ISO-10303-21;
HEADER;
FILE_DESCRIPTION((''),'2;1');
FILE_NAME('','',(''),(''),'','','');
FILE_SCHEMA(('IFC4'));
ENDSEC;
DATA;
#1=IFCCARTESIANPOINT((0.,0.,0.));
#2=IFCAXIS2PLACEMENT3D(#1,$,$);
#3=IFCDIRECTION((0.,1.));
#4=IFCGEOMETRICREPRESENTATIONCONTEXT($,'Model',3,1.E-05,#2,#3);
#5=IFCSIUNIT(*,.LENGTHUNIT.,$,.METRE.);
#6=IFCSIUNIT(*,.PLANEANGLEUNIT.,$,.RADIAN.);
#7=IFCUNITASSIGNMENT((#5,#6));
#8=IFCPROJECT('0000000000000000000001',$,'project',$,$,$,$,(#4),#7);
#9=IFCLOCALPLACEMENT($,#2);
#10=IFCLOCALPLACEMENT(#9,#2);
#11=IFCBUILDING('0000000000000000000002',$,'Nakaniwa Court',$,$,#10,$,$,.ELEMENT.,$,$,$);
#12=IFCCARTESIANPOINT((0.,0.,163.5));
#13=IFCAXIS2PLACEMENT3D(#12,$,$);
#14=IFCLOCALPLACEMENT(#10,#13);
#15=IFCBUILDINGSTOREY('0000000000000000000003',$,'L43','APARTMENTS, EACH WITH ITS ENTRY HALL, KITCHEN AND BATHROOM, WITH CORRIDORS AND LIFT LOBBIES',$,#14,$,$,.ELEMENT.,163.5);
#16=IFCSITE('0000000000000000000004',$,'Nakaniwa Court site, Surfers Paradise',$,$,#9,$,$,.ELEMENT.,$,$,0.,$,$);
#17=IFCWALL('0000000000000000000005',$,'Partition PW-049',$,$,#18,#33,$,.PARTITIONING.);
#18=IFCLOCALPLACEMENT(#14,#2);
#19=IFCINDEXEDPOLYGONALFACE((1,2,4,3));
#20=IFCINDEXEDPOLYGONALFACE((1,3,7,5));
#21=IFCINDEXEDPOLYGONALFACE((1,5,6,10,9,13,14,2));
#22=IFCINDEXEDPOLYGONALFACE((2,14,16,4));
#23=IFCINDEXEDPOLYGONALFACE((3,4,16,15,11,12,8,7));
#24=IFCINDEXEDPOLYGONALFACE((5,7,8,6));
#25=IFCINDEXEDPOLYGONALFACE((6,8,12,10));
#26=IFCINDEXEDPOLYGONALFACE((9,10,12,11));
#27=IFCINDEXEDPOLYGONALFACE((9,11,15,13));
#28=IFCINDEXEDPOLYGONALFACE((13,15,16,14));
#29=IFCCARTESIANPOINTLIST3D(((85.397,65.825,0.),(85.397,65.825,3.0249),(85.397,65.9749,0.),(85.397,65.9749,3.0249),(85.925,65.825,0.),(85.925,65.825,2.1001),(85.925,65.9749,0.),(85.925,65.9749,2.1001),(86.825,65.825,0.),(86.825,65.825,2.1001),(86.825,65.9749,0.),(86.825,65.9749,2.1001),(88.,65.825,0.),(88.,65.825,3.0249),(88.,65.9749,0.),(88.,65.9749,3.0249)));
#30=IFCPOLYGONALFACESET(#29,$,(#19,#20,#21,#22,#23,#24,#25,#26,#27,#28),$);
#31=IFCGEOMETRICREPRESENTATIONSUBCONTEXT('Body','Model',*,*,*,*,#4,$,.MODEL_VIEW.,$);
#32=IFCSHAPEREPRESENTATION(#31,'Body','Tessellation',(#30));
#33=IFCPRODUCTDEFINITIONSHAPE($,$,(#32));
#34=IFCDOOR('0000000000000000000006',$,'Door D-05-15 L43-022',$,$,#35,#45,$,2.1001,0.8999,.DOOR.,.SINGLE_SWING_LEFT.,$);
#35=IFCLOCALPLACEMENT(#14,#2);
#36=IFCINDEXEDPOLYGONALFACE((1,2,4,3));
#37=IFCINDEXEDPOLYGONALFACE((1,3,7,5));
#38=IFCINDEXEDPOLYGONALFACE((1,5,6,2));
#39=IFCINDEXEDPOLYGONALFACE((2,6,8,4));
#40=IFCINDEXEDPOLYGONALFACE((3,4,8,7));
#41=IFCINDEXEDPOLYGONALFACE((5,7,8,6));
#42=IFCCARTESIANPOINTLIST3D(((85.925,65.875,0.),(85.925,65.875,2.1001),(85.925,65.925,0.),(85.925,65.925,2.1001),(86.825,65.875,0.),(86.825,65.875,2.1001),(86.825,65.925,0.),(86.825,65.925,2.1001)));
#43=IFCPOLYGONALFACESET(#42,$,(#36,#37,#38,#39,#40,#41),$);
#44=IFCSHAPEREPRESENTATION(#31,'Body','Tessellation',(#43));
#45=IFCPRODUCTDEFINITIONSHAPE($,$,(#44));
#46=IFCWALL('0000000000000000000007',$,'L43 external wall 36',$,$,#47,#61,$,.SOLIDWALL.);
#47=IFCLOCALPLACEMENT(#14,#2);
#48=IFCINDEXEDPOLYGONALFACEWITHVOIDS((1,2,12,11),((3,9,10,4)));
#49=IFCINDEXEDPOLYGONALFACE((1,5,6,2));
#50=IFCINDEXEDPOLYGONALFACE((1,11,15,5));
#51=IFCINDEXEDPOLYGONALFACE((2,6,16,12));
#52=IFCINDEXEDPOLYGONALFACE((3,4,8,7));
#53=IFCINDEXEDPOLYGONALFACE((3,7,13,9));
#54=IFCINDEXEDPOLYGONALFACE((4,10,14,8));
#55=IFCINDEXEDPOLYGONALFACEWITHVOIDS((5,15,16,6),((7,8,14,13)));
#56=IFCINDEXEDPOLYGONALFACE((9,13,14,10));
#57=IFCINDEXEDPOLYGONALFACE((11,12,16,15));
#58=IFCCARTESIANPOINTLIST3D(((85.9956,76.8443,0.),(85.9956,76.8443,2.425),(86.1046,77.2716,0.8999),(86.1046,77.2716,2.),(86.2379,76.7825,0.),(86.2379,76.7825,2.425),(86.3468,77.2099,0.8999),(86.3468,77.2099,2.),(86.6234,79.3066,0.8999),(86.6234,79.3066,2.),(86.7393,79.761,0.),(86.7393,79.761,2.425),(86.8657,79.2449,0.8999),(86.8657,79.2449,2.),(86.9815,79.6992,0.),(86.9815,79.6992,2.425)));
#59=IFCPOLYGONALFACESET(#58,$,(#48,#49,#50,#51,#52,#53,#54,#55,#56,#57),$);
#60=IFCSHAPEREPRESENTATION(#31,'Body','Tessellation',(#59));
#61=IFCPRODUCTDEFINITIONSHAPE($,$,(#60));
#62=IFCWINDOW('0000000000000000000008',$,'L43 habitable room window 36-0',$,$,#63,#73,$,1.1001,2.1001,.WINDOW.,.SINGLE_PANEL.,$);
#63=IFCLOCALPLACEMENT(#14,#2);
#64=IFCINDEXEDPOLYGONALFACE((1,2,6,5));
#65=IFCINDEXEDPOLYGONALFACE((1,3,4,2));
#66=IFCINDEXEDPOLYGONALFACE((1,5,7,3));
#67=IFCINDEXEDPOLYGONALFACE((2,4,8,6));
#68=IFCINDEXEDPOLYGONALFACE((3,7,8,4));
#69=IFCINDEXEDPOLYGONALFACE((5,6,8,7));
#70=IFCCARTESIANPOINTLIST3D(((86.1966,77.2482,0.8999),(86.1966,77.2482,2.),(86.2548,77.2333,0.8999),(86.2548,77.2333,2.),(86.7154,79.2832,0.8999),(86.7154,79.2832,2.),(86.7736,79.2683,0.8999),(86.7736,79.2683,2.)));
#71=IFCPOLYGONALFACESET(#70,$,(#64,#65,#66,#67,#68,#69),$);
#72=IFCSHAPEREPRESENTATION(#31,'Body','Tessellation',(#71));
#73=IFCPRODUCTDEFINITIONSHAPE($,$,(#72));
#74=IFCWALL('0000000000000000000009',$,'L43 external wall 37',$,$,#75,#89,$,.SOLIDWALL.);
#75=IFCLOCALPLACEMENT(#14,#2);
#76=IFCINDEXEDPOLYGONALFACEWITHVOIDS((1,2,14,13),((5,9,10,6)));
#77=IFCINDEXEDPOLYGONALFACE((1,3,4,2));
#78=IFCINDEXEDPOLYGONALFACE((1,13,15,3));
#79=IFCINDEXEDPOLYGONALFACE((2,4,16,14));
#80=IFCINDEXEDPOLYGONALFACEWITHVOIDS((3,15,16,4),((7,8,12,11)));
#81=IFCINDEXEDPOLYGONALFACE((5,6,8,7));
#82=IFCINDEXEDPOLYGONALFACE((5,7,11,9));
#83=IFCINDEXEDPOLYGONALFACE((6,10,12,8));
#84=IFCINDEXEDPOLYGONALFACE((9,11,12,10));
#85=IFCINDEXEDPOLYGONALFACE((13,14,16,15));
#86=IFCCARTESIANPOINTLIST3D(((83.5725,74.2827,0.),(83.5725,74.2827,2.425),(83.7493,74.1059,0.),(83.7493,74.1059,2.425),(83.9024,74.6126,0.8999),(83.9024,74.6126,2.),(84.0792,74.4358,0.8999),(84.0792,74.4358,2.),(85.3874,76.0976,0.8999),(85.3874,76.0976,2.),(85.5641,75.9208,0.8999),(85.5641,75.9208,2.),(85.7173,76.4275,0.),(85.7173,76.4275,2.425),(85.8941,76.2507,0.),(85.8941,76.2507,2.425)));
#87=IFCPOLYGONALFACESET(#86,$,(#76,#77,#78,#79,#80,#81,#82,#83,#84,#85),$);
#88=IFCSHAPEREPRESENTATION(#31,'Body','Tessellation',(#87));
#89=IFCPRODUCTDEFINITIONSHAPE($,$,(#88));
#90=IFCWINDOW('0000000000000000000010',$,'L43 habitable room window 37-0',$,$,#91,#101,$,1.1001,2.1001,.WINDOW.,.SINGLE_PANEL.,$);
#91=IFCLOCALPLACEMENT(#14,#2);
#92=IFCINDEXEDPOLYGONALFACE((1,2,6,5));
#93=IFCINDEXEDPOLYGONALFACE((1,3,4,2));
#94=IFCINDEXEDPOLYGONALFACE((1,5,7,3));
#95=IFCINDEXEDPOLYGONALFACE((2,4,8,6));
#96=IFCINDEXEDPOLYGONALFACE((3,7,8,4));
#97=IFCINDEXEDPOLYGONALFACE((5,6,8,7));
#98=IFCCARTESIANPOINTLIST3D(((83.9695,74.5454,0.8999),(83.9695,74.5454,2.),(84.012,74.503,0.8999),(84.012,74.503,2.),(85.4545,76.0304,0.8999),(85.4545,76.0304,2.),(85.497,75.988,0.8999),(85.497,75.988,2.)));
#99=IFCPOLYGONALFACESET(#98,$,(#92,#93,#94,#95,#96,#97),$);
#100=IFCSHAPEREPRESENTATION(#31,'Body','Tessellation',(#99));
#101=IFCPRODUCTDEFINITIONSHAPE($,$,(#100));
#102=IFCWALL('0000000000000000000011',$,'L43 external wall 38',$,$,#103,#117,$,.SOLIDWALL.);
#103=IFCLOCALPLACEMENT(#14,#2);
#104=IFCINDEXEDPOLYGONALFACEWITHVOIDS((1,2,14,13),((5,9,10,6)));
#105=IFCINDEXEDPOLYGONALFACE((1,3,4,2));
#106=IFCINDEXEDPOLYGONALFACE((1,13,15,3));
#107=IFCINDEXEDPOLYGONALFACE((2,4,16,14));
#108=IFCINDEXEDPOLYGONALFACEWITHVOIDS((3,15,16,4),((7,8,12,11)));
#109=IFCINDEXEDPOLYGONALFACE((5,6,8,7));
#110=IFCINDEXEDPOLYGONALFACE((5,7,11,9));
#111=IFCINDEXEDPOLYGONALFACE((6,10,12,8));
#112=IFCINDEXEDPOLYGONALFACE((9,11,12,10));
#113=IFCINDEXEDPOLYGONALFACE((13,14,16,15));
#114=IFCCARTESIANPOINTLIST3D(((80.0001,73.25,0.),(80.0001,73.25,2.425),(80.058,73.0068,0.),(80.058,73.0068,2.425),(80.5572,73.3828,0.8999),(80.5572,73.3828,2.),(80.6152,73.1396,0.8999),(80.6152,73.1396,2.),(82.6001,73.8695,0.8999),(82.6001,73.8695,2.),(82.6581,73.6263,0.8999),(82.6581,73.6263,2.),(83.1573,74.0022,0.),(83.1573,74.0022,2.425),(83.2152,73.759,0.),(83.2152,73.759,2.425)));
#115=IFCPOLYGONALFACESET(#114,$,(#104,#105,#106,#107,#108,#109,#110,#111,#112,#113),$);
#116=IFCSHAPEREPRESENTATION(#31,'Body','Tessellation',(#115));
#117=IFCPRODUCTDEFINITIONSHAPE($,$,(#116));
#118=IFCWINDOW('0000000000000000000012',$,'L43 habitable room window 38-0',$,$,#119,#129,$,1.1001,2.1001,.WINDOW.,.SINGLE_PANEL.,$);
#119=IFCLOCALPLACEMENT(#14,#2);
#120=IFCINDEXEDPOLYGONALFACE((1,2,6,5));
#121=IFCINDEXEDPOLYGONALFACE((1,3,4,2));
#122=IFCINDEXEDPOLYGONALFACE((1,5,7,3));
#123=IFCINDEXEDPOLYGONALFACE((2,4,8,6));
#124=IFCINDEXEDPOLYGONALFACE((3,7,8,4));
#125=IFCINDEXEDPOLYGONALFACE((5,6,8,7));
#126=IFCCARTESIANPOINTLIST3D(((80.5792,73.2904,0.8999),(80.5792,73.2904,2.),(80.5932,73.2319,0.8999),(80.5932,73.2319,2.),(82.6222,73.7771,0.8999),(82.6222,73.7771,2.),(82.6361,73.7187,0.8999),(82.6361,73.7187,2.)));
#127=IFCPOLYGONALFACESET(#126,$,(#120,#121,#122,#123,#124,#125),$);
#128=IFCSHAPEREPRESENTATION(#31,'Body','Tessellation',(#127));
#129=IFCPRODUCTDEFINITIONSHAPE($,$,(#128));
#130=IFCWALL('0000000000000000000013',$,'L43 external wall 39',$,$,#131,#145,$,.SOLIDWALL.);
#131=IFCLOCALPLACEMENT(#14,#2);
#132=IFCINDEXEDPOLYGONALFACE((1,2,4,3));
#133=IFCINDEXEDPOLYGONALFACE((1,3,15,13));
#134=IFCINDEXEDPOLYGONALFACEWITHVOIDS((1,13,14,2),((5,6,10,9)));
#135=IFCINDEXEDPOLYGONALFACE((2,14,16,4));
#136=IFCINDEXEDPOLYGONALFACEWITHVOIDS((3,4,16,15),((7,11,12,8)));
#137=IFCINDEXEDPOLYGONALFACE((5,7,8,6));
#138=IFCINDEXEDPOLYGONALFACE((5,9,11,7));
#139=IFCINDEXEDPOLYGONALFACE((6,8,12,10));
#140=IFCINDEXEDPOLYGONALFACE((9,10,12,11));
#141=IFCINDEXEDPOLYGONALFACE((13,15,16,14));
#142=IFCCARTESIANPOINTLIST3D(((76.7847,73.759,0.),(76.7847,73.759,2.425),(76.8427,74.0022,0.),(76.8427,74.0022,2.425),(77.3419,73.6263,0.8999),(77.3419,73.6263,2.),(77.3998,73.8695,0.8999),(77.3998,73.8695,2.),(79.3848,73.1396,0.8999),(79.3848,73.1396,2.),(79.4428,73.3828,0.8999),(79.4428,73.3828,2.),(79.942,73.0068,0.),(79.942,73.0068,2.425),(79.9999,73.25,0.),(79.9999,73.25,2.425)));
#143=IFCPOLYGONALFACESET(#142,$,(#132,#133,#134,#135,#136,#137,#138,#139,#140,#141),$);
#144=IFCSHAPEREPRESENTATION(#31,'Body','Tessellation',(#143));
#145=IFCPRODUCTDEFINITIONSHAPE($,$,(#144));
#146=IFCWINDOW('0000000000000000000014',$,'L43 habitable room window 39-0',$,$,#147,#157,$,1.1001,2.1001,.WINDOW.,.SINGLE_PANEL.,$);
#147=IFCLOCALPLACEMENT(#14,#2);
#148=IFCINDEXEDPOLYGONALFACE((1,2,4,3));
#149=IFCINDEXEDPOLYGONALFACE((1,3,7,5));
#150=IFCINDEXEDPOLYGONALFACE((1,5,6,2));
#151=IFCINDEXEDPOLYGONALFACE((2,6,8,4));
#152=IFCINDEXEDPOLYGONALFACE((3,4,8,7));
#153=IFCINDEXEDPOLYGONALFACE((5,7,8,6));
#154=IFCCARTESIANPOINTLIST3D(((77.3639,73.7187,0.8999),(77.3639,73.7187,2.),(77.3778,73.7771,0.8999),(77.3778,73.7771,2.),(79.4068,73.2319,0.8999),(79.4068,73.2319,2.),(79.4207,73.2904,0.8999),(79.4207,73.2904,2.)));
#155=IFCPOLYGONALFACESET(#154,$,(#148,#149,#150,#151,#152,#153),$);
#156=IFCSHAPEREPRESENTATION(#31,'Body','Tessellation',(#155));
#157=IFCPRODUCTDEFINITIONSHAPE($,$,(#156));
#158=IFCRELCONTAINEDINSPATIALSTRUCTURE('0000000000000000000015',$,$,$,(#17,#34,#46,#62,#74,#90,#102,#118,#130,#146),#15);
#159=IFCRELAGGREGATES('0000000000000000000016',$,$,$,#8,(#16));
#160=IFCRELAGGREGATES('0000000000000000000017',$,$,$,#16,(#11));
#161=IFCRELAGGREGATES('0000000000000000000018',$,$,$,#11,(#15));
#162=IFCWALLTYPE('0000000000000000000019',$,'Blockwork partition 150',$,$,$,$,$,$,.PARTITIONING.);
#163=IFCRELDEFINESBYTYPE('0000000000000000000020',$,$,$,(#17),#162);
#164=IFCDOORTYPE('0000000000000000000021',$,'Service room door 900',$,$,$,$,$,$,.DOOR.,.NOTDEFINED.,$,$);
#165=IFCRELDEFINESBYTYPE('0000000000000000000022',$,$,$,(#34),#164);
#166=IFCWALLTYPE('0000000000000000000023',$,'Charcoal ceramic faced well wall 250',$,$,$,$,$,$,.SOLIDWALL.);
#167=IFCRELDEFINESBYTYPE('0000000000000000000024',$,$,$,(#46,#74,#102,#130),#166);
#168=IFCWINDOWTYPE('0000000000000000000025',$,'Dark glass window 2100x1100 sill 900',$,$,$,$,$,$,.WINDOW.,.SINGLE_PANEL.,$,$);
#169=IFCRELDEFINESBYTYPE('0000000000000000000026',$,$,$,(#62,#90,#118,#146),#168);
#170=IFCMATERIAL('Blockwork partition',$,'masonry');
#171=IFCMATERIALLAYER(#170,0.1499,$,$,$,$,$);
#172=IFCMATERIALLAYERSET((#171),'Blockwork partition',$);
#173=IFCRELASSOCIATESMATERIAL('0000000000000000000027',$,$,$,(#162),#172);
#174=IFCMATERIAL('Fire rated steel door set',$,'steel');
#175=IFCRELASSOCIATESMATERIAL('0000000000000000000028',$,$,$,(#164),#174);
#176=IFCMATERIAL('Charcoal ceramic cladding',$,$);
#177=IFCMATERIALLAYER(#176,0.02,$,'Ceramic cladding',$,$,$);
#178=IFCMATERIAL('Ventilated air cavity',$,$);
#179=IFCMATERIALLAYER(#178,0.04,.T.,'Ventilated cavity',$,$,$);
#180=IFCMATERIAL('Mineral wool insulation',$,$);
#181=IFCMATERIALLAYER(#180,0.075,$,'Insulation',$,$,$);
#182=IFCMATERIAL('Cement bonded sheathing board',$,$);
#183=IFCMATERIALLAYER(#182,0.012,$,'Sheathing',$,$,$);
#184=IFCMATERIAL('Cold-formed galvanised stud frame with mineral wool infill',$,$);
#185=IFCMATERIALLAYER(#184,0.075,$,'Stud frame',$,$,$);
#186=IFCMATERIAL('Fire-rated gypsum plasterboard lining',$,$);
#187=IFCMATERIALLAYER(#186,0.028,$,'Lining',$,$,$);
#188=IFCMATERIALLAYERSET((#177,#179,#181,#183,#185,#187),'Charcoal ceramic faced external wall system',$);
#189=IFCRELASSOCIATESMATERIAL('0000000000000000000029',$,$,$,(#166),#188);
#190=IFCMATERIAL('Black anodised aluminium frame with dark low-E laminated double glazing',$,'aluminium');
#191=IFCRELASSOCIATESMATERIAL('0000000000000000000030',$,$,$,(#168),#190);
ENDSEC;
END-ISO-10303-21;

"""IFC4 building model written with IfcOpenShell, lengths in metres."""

from ifc_helpers import new_model, si_unit, direction, frame, frame_2d, origin, place, context, subcontext, project, spatial, rectangle, extrude, material, layer, layer_set, type_object, element, fill, save


model = new_model("IFC4")

# Units and contexts
model_context = context("Model", 3, precision=1e-05, world=origin(), true_north=direction((0.0, 1.0)))
body_context = subcontext(model_context, "Body", "Model", "MODEL_VIEW")
ifc_project = project(units=[si_unit("LENGTHUNIT", "METRE"), si_unit("PLANEANGLEUNIT", "RADIAN")], contexts=[model_context])

# Site, building, storey
site_placement = place(None, origin())
site = spatial("IfcSite", under=ifc_project, at=site_placement, Name="Nakaniwa Court site, Surfers Paradise", CompositionType="ELEMENT", RefElevation=0.0)
building_placement = place(site_placement, origin())
building = spatial("IfcBuilding", under=site, at=building_placement, Name="Nakaniwa Court", CompositionType="ELEMENT")
storey_placement = place(building_placement, frame((0.0, 0.0, 163.5)))
storey = spatial("IfcBuildingStorey", under=building, at=storey_placement, Name="L43", Description="APARTMENTS, EACH WITH ITS ENTRY HALL, KITCHEN AND BATHROOM, WITH CORRIDORS AND LIFT LOBBIES", CompositionType="ELEMENT", Elevation=163.5)

# Shared definitions
ifc_material_1 = material(Name="Blockwork partition", Category="masonry")
ifc_layer_1 = layer(ifc_material_1, 0.1499)
ifc_layer_set_1 = layer_set([ifc_layer_1], Name="Blockwork partition")
wall_type_1 = type_object("IfcWallType", Name="Blockwork partition 150", PredefinedType="PARTITIONING", material=ifc_layer_set_1)

# Wall, opening, door
wall_1_placement = place(storey_placement, frame((88.0, 65.8999, 0.0), z_axis=(0.0, 0.0, 1.0), x_axis=(-1.0, 0.0, 0.0)))
wall_1 = element("IfcWall", 1, at=wall_1_placement, inside=storey, type_object=wall_type_1, Name="Partition PW-049", PredefinedType="PARTITIONING", context=body_context, shape_type="SweptSolid", body=[
    extrude(rectangle(XDim=2.603, YDim=0.1499, at=frame_2d((1.3015, 0.0))), origin(), (0.0, 0.0, 1.0), 3.0249),
])
opening_1_placement = place(wall_1_placement, frame((1.175, 0.0, 0.0)))
opening_1 = element("IfcOpeningElement", 2, at=opening_1_placement, cuts=wall_1, PredefinedType="OPENING", context=body_context, shape_type="SweptSolid", body=[
    extrude(rectangle(XDim=0.8999, YDim=2.1001, at=frame_2d((0.45, 1.05))), frame((0.0, 0.085, 0.0), z_axis=(0.0, -1.0, 0.0), x_axis=(1.0, 0.0, 0.0)), (0.0, 0.0, 1.0), 0.1699),
])
ifc_material_2 = material(Name="Fire rated steel door set", Category="steel")
door_type_1 = type_object("IfcDoorType", Name="Service room door 900", OperationType="NOTDEFINED", PredefinedType="DOOR", material=ifc_material_2)
door_1_placement = place(opening_1_placement, origin())
door_1 = element("IfcDoor", 3, at=door_1_placement, inside=storey, type_object=door_type_1, Name="Door D-05-15 L43-022", OperationType="SINGLE_SWING_LEFT", OverallHeight=2.1001, OverallWidth=0.8999, PredefinedType="DOOR", context=body_context, shape_type="SweptSolid", body=[
    extrude(rectangle(XDim=0.8999, YDim=2.1001, at=frame_2d((0.45, 1.05))), frame((0.0, 0.0249, 0.0), z_axis=(0.0, -1.0, 0.0), x_axis=(1.0, 0.0, 0.0)), (0.0, 0.0, 1.0), 0.05),
])
fill(opening_1, door_1)

# Walls, openings, windows
ifc_material_3 = material(Name="Charcoal ceramic cladding")
ifc_layer_2 = layer(ifc_material_3, 0.02, Name="Ceramic cladding")
ifc_material_4 = material(Name="Ventilated air cavity")
ifc_layer_3 = layer(ifc_material_4, 0.04, ventilated=True, Name="Ventilated cavity")
ifc_material_5 = material(Name="Mineral wool insulation")
ifc_layer_4 = layer(ifc_material_5, 0.075, Name="Insulation")
ifc_material_6 = material(Name="Cement bonded sheathing board")
ifc_layer_5 = layer(ifc_material_6, 0.012, Name="Sheathing")
ifc_material_7 = material(Name="Cold-formed galvanised stud frame with mineral wool infill")
ifc_layer_6 = layer(ifc_material_7, 0.075, Name="Stud frame")
ifc_material_8 = material(Name="Fire-rated gypsum plasterboard lining")
ifc_layer_7 = layer(ifc_material_8, 0.028, Name="Lining")
ifc_layer_set_2 = layer_set([ifc_layer_2, ifc_layer_3, ifc_layer_4, ifc_layer_5, ifc_layer_6, ifc_layer_7], Name="Charcoal ceramic faced external wall system")
wall_type_2 = type_object("IfcWallType", Name="Charcoal ceramic faced well wall 250", PredefinedType="SOLIDWALL", material=ifc_layer_set_2)
wall_2_placement = place(storey_placement, frame((86.8604, 79.73, 0.0), z_axis=(0.0, 0.0, 1.0), x_axis=(-0.247056, -0.969001, 0.0)))
wall_2 = element("IfcWall", 4, at=wall_2_placement, inside=storey, type_object=wall_type_2, Name="L43 external wall 36", PredefinedType="SOLIDWALL", context=body_context, shape_type="SweptSolid", body=[
    extrude(rectangle(XDim=3.01, YDim=0.25, at=frame_2d((1.5049, 0.0))), origin(), (0.0, 0.0, 1.0), 2.425),
])
opening_2_placement = place(wall_2_placement, frame((0.4688, 0.0, 0.8999)))
opening_2 = element("IfcOpeningElement", 5, at=opening_2_placement, cuts=wall_2, PredefinedType="OPENING", context=body_context, shape_type="SweptSolid", body=[
    extrude(rectangle(XDim=2.1001, YDim=1.1001, at=frame_2d((1.05, 0.55))), frame((0.0, 0.135, 0.0), z_axis=(0.0, -1.0, 0.0), x_axis=(1.0, 0.0, 0.0)), (0.0, 0.0, 1.0), 0.27),
])
ifc_material_9 = material(Name="Black anodised aluminium frame with dark low-E laminated double glazing", Category="aluminium")
window_type = type_object("IfcWindowType", Name="Dark glass window 2100x1100 sill 900", PartitioningType="SINGLE_PANEL", PredefinedType="WINDOW", material=ifc_material_9)
window_1_placement = place(opening_2_placement, origin())
window_1 = element("IfcWindow", 6, at=window_1_placement, inside=storey, type_object=window_type, Name="L43 habitable room window 36-0", OverallHeight=1.1001, OverallWidth=2.1001, PartitioningType="SINGLE_PANEL", PredefinedType="WINDOW", context=body_context, shape_type="SweptSolid", body=[
    extrude(rectangle(XDim=2.1001, YDim=1.1001, at=frame_2d((1.05, 0.55))), frame((0.0, 0.03, 0.0), z_axis=(0.0, -1.0, 0.0), x_axis=(1.0, 0.0, 0.0)), (0.0, 0.0, 1.0), 0.0601),
])
fill(opening_2, window_1)
wall_3_placement = place(storey_placement, frame((85.8057, 76.3391, 0.0), z_axis=(0.0, 0.0, 1.0), x_axis=(-0.707107, -0.707107, 0.0)))
wall_3 = element("IfcWall", 7, at=wall_3_placement, inside=storey, type_object=wall_type_2, Name="L43 external wall 37", PredefinedType="SOLIDWALL", context=body_context, shape_type="SweptSolid", body=[
    extrude(rectangle(XDim=3.0332, YDim=0.25, at=frame_2d((1.5166, 0.0))), origin(), (0.0, 0.0, 1.0), 2.425),
])
opening_3_placement = place(wall_3_placement, frame((0.4666, 0.0, 0.8999)))
opening_3 = element("IfcOpeningElement", 8, at=opening_3_placement, cuts=wall_3, PredefinedType="OPENING", context=body_context, shape_type="SweptSolid", body=[
    extrude(rectangle(XDim=2.1001, YDim=1.1001, at=frame_2d((1.05, 0.55))), frame((0.0, 0.135, 0.0), z_axis=(0.0, -1.0, 0.0), x_axis=(1.0, 0.0, 0.0)), (0.0, 0.0, 1.0), 0.27),
])
window_2_placement = place(opening_3_placement, origin())
window_2 = element("IfcWindow", 9, at=window_2_placement, inside=storey, type_object=window_type, Name="L43 habitable room window 37-0", OverallHeight=1.1001, OverallWidth=2.1001, PartitioningType="SINGLE_PANEL", PredefinedType="WINDOW", context=body_context, shape_type="SweptSolid", body=[
    extrude(rectangle(XDim=2.1001, YDim=1.1001, at=frame_2d((1.05, 0.55))), frame((0.0, 0.03, 0.0), z_axis=(0.0, -1.0, 0.0), x_axis=(1.0, 0.0, 0.0)), (0.0, 0.0, 1.0), 0.0601),
])
fill(opening_3, window_2)
wall_4_placement = place(storey_placement, frame((83.1863, 73.8806, 0.0), z_axis=(0.0, 0.0, 1.0), x_axis=(-0.972773, -0.23176, 0.0)))
wall_4 = element("IfcWall", 10, at=wall_4_placement, inside=storey, type_object=wall_type_2, Name="L43 external wall 38", PredefinedType="SOLIDWALL", context=body_context, shape_type="SweptSolid", body=[
    extrude(rectangle(XDim=3.2456, YDim=0.25, at=frame_2d((1.6228, 0.0))), origin(), (0.0, 0.0, 1.0), 2.425),
])
opening_4_placement = place(wall_4_placement, frame((0.5728, 0.0, 0.8999)))
opening_4 = element("IfcOpeningElement", 11, at=opening_4_placement, cuts=wall_4, PredefinedType="OPENING", context=body_context, shape_type="SweptSolid", body=[
    extrude(rectangle(XDim=2.1001, YDim=1.1001, at=frame_2d((1.05, 0.55))), frame((0.0, 0.135, 0.0), z_axis=(0.0, -1.0, 0.0), x_axis=(1.0, 0.0, 0.0)), (0.0, 0.0, 1.0), 0.27),
])
window_3_placement = place(opening_4_placement, origin())
window_3 = element("IfcWindow", 12, at=window_3_placement, inside=storey, type_object=window_type, Name="L43 habitable room window 38-0", OverallHeight=1.1001, OverallWidth=2.1001, PartitioningType="SINGLE_PANEL", PredefinedType="WINDOW", context=body_context, shape_type="SweptSolid", body=[
    extrude(rectangle(XDim=2.1001, YDim=1.1001, at=frame_2d((1.05, 0.55))), frame((0.0, 0.03, 0.0), z_axis=(0.0, -1.0, 0.0), x_axis=(1.0, 0.0, 0.0)), (0.0, 0.0, 1.0), 0.0601),
])
fill(opening_4, window_3)
wall_5_placement = place(storey_placement, frame((79.9709, 73.1284, 0.0), z_axis=(0.0, 0.0, 1.0), x_axis=(-0.972773, 0.23176, 0.0)))
wall_5 = element("IfcWall", 13, at=wall_5_placement, inside=storey, type_object=wall_type_2, Name="L43 external wall 39", PredefinedType="SOLIDWALL", context=body_context, shape_type="SweptSolid", body=[
    extrude(rectangle(XDim=3.2456, YDim=0.25, at=frame_2d((1.6228, 0.0))), origin(), (0.0, 0.0, 1.0), 2.425),
])
opening_5_placement = place(wall_5_placement, frame((0.5728, 0.0, 0.8999)))
opening_5 = element("IfcOpeningElement", 14, at=opening_5_placement, cuts=wall_5, PredefinedType="OPENING", context=body_context, shape_type="SweptSolid", body=[
    extrude(rectangle(XDim=2.1001, YDim=1.1001, at=frame_2d((1.05, 0.55))), frame((0.0, 0.135, 0.0), z_axis=(0.0, -1.0, 0.0), x_axis=(1.0, 0.0, 0.0)), (0.0, 0.0, 1.0), 0.27),
])
window_4_placement = place(opening_5_placement, origin())
window_4 = element("IfcWindow", 15, at=window_4_placement, inside=storey, type_object=window_type, Name="L43 habitable room window 39-0", OverallHeight=1.1001, OverallWidth=2.1001, PartitioningType="SINGLE_PANEL", PredefinedType="WINDOW", context=body_context, shape_type="SweptSolid", body=[
    extrude(rectangle(XDim=2.1001, YDim=1.1001, at=frame_2d((1.05, 0.55))), frame((0.0, 0.03, 0.0), z_axis=(0.0, -1.0, 0.0), x_axis=(1.0, 0.0, 0.0)), (0.0, 0.0, 1.0), 0.0601),
])
fill(opening_5, window_4)

save(model, "model.ifc")
